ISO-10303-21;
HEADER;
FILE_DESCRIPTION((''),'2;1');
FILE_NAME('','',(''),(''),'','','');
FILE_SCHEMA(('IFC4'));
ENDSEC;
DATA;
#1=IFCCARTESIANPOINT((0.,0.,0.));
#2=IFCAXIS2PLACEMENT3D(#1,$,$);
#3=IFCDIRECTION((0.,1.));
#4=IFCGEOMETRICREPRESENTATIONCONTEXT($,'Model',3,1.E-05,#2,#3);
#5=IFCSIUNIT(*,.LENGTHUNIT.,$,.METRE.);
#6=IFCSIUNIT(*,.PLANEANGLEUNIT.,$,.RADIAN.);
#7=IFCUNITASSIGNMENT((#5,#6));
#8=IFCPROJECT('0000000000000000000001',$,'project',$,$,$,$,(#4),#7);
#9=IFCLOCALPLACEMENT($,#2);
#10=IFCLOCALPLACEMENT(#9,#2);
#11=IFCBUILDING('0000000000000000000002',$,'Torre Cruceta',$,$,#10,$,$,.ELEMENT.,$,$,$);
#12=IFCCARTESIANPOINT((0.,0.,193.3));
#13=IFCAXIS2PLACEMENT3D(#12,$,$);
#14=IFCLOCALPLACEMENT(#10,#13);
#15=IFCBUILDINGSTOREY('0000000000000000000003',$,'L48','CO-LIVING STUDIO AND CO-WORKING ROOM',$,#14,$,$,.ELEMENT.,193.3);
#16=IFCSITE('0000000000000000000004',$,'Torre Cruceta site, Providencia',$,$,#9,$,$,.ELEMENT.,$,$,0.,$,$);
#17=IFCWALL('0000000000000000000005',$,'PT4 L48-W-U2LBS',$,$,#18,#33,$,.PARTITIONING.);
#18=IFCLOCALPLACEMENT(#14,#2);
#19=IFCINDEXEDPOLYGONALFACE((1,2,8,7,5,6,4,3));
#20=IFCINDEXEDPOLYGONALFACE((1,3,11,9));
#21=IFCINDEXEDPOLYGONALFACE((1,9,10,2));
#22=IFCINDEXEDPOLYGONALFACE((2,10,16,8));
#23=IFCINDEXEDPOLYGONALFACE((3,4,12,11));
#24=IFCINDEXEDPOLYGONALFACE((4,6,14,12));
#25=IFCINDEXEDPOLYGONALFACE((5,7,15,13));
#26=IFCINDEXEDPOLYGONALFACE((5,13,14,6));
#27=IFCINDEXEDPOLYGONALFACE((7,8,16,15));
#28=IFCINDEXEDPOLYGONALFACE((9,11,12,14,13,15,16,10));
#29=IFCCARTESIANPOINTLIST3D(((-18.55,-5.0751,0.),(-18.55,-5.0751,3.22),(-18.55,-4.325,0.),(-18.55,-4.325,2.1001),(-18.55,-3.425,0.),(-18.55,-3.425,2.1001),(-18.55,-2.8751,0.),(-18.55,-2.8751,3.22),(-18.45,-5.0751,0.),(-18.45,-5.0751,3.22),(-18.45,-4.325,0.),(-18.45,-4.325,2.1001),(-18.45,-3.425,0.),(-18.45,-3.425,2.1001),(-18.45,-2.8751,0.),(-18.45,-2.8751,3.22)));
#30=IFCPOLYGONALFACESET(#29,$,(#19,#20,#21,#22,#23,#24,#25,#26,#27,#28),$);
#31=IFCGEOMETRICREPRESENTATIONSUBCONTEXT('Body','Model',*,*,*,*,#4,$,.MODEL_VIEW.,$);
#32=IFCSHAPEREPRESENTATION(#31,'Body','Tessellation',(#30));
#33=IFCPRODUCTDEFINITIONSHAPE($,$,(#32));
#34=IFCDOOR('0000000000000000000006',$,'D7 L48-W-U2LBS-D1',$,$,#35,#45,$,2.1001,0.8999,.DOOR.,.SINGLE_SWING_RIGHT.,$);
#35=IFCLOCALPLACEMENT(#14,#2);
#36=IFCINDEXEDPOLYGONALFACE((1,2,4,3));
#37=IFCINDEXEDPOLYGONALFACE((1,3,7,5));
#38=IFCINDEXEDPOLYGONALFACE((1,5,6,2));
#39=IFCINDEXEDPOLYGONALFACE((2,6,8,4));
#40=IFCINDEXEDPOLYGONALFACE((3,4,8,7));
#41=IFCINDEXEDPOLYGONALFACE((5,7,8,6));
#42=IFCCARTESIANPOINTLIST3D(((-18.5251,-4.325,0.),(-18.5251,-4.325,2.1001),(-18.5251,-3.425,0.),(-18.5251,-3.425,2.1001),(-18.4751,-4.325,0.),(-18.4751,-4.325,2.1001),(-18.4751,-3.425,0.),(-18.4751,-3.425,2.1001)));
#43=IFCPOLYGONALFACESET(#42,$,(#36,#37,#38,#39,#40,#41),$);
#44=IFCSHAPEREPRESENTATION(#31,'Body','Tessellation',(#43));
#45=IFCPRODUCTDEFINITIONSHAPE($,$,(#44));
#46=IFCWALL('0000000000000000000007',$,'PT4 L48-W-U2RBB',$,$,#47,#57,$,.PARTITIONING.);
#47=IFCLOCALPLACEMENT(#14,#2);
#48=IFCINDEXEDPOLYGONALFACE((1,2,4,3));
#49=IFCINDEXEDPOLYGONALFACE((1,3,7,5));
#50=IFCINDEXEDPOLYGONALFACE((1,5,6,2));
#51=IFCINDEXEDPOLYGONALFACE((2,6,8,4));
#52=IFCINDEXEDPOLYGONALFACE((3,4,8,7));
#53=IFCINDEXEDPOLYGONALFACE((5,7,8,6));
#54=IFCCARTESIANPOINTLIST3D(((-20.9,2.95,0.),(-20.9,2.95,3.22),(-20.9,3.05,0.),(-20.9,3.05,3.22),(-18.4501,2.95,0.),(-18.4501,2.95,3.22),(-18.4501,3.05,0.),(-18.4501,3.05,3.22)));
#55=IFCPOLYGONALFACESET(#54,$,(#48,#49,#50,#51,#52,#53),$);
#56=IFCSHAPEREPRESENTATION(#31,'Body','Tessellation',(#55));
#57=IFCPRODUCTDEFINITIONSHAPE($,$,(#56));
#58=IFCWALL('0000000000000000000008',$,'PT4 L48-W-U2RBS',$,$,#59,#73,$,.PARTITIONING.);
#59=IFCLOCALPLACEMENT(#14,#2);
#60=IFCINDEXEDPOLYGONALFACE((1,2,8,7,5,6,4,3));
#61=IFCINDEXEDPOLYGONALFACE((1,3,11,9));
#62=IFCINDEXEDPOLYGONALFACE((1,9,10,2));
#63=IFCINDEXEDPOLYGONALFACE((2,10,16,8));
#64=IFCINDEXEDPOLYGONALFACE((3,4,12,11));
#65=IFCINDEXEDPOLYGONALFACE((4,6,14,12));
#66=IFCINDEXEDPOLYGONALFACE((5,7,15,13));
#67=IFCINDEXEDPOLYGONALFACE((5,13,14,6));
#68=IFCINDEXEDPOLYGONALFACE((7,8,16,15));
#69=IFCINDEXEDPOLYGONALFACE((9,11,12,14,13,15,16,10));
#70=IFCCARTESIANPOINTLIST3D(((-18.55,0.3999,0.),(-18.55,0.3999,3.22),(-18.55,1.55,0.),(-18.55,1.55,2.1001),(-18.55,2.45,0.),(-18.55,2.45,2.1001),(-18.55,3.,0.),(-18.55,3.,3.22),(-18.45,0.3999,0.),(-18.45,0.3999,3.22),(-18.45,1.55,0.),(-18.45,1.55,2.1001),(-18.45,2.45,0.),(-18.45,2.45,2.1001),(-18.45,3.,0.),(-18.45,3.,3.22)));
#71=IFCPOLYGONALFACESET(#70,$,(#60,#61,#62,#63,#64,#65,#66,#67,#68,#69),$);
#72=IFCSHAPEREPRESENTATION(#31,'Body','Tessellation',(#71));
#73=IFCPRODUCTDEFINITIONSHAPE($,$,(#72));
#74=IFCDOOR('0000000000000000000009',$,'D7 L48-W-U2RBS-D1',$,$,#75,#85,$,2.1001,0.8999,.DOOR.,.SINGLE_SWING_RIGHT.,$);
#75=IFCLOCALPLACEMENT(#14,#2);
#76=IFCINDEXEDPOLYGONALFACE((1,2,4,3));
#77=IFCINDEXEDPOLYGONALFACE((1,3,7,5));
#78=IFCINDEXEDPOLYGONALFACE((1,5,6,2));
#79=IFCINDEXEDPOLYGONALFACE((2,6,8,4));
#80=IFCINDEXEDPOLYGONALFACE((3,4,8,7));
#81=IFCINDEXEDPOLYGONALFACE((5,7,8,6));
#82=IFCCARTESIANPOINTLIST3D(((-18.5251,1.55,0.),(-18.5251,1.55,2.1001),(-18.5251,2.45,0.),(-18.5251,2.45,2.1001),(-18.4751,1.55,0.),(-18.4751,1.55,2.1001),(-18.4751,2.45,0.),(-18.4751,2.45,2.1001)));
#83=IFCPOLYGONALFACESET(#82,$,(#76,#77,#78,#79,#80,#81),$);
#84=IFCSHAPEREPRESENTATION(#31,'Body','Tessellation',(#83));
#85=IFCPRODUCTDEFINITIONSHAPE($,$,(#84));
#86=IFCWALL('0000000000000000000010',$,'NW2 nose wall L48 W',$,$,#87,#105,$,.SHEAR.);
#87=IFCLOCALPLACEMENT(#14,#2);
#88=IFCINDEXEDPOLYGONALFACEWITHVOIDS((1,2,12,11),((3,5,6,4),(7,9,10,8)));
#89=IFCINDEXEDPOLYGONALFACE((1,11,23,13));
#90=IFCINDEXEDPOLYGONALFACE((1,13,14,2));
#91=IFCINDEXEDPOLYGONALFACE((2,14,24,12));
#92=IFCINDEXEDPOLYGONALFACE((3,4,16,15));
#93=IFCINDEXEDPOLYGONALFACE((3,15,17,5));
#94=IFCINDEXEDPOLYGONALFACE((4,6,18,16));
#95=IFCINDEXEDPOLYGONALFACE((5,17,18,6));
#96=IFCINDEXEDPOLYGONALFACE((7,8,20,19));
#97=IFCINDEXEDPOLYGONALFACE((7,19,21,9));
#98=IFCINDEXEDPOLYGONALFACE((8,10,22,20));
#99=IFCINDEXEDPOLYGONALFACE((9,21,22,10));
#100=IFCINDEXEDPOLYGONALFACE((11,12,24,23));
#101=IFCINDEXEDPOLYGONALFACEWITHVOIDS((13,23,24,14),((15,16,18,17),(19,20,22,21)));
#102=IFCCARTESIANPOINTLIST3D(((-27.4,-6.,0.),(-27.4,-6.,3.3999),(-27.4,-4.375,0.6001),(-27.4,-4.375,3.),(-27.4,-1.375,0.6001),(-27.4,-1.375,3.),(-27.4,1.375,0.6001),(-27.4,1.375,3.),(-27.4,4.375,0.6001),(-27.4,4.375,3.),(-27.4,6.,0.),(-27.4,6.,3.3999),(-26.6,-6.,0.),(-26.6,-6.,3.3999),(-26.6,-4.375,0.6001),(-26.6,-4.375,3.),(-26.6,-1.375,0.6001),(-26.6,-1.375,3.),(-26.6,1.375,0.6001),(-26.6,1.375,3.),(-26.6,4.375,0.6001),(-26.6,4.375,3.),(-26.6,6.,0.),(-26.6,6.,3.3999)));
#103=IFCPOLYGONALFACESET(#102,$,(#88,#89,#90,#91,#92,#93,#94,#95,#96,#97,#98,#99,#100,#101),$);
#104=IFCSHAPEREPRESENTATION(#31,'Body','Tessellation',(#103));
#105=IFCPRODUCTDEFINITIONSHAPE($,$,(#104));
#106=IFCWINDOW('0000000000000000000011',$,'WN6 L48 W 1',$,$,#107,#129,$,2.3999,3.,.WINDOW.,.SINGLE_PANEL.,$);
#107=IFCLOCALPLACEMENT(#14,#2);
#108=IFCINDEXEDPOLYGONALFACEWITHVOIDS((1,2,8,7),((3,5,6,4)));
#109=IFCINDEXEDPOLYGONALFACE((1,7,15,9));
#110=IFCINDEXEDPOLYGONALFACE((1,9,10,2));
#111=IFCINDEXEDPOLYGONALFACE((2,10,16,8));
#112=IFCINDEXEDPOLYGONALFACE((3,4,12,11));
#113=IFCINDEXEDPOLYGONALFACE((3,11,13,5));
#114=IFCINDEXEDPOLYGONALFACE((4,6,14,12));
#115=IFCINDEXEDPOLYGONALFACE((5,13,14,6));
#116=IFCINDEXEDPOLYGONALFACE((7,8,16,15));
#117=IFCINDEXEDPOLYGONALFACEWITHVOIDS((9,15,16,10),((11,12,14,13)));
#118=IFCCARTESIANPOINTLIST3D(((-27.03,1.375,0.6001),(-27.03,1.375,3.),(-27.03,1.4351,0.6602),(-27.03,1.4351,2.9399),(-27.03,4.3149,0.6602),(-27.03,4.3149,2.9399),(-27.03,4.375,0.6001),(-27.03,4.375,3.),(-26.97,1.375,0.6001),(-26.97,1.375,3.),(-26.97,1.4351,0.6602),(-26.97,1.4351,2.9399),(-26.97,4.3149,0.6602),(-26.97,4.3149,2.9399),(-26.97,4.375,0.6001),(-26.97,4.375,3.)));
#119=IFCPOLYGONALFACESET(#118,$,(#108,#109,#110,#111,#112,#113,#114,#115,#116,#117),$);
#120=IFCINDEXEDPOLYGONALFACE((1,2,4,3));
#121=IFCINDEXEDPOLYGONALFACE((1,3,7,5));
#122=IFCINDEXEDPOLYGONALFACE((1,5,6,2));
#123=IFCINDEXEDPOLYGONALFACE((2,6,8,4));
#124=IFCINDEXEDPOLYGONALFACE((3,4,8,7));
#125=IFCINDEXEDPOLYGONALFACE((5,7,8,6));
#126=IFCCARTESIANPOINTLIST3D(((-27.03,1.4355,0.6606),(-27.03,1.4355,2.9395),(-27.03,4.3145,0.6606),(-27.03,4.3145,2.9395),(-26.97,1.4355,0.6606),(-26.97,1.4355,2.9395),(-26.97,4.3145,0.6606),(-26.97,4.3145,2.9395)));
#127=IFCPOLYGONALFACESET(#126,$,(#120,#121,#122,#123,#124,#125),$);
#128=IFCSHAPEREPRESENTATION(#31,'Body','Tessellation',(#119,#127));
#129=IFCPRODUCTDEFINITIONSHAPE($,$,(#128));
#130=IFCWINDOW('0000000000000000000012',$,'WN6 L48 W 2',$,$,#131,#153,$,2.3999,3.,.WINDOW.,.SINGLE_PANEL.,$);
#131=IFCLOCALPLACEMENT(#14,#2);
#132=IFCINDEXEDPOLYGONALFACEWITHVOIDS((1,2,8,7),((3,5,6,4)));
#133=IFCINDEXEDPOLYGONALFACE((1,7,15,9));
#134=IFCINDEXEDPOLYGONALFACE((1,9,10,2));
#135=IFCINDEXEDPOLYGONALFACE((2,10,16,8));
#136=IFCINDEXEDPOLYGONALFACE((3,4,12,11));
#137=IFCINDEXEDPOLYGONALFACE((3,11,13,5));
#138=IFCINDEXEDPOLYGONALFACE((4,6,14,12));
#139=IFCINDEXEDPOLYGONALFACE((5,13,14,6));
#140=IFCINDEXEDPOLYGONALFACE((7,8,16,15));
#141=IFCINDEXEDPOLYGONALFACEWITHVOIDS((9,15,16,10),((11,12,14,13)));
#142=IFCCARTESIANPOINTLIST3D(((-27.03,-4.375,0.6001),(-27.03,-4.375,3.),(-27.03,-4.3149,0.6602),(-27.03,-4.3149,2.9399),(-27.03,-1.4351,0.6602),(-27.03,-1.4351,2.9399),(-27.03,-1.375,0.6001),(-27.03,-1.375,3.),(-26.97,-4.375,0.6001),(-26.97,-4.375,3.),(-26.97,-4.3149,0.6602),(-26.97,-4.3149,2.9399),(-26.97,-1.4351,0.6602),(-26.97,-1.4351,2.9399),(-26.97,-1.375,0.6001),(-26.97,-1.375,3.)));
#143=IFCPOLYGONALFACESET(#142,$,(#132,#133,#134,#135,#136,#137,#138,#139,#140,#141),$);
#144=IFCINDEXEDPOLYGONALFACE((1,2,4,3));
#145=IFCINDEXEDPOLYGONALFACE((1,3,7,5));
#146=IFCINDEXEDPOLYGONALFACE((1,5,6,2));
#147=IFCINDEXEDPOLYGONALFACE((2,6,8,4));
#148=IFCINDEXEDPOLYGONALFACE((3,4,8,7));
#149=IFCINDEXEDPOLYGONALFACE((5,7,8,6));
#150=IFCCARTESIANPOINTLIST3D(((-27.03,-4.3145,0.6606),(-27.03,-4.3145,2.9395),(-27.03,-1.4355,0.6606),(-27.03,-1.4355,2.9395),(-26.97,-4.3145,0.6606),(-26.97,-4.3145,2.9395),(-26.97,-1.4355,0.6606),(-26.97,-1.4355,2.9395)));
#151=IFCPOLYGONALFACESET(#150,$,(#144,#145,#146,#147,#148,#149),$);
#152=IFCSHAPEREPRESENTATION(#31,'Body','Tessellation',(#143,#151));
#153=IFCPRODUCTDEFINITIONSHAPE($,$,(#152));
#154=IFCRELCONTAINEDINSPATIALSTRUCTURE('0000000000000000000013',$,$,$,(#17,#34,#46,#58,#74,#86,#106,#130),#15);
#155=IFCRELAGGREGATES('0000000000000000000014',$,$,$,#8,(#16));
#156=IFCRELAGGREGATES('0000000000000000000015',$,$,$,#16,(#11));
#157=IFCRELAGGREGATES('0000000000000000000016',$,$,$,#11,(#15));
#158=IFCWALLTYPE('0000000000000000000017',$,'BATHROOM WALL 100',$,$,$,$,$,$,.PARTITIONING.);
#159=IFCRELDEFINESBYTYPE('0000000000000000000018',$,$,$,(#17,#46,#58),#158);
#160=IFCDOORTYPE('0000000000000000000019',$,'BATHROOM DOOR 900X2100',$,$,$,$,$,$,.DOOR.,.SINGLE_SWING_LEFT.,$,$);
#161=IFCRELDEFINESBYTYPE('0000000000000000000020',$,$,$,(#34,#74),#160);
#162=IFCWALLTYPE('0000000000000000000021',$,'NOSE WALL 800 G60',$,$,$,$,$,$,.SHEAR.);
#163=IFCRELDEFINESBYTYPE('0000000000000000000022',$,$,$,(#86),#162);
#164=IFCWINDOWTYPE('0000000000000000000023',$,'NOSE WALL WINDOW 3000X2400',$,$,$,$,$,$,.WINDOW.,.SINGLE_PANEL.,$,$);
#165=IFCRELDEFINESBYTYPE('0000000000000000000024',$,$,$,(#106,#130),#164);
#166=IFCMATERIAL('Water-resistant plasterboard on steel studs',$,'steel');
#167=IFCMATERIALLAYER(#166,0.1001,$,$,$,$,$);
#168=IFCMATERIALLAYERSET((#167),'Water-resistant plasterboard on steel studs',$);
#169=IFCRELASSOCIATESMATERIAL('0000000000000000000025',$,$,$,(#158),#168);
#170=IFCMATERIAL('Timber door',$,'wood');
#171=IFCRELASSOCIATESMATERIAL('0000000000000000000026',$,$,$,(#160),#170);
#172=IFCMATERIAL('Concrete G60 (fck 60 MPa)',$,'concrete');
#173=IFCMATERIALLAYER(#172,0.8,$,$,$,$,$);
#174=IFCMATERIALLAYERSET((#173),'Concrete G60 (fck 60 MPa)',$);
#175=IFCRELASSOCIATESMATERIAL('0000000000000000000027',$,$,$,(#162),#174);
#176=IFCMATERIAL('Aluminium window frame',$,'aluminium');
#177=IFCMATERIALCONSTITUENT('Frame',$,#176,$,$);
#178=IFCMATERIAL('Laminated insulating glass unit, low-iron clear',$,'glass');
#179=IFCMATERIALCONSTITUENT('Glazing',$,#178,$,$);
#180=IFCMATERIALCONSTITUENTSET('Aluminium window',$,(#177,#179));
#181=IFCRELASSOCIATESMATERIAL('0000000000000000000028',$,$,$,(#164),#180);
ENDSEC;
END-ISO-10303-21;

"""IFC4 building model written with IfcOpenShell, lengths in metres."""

from ifc_helpers import new_model, si_unit, direction, frame, frame_2d, origin, place, context, subcontext, project, spatial, rectangle, hollow_rectangle, extrude, material, layer, layer_set, constituent, constituent_set, type_object, element, fill, save


model = new_model("IFC4")

# Units and contexts
model_context = context("Model", 3, precision=1e-05, world=origin(), true_north=direction((0.0, 1.0)))
body_context = subcontext(model_context, "Body", "Model", "MODEL_VIEW")
ifc_project = project(units=[si_unit("LENGTHUNIT", "METRE"), si_unit("PLANEANGLEUNIT", "RADIAN")], contexts=[model_context])

# Site, building, storey
site_placement = place(None, origin())
site = spatial("IfcSite", under=ifc_project, at=site_placement, Name="Torre Cruceta site, Providencia", CompositionType="ELEMENT", RefElevation=0.0)
building_placement = place(site_placement, origin())
building = spatial("IfcBuilding", under=site, at=building_placement, Name="Torre Cruceta", CompositionType="ELEMENT")
storey_placement = place(building_placement, frame((0.0, 0.0, 193.3)))
storey = spatial("IfcBuildingStorey", under=building, at=storey_placement, Name="L48", Description="CO-LIVING STUDIO AND CO-WORKING ROOM", CompositionType="ELEMENT", Elevation=193.3)

# Wall, opening, door
ifc_material_1 = material(Name="Water-resistant plasterboard on steel studs", Category="steel")
ifc_layer_1 = layer(ifc_material_1, 0.1001)
ifc_layer_set_1 = layer_set([ifc_layer_1], Name="Water-resistant plasterboard on steel studs")
wall_type_1 = type_object("IfcWallType", Name="BATHROOM WALL 100", PredefinedType="PARTITIONING", material=ifc_layer_set_1)
wall_1_placement = place(storey_placement, frame((-18.5, -2.875, 0.0), z_axis=(0.0, 0.0, 1.0), x_axis=(0.0, -1.0, 0.0)))
wall_1 = element("IfcWall", 1, at=wall_1_placement, inside=storey, type_object=wall_type_1, Name="PT4 L48-W-U2LBS", PredefinedType="PARTITIONING", context=body_context, shape_type="SweptSolid", body=[
    extrude(rectangle(XDim=2.2, YDim=0.1001, at=frame_2d((1.1001, 0.0))), origin(), (0.0, 0.0, 1.0), 3.22),
])
opening_1_placement = place(wall_1_placement, frame((0.55, 0.0, 0.0)))
opening_1 = element("IfcOpeningElement", 2, at=opening_1_placement, cuts=wall_1, PredefinedType="OPENING", context=body_context, shape_type="SweptSolid", body=[
    extrude(rectangle(XDim=0.8999, YDim=2.1001, at=frame_2d((0.45, 1.05))), frame((0.0, 0.0601, 0.0), z_axis=(0.0, -1.0, 0.0), x_axis=(1.0, 0.0, 0.0)), (0.0, 0.0, 1.0), 0.1201),
])
ifc_material_2 = material(Name="Timber door", Category="wood")
door_type_1 = type_object("IfcDoorType", Name="BATHROOM DOOR 900X2100", OperationType="SINGLE_SWING_LEFT", PredefinedType="DOOR", material=ifc_material_2)
door_1_placement = place(opening_1_placement, frame((0.8999, 0.0, 0.0), z_axis=(0.0, 0.0, 1.0), x_axis=(-1.0, 0.0, 0.0)))
door_1 = element("IfcDoor", 3, at=door_1_placement, inside=storey, type_object=door_type_1, Name="D7 L48-W-U2LBS-D1", OperationType="SINGLE_SWING_RIGHT", OverallHeight=2.1001, OverallWidth=0.8999, PredefinedType="DOOR", context=body_context, shape_type="SweptSolid", body=[
    extrude(rectangle(XDim=0.8999, YDim=2.1001, at=frame_2d((0.45, 1.05))), frame((0.0, 0.0251, 0.0), z_axis=(0.0, -1.0, 0.0), x_axis=(1.0, 0.0, 0.0)), (0.0, 0.0, 1.0), 0.05),
])
fill(opening_1, door_1)

# Wall
wall_2_placement = place(storey_placement, frame((-18.45, 3.0, 0.0), z_axis=(0.0, 0.0, 1.0), x_axis=(-1.0, 0.0, 0.0)))
element("IfcWall", 4, at=wall_2_placement, inside=storey, type_object=wall_type_1, Name="PT4 L48-W-U2RBB", PredefinedType="PARTITIONING", context=body_context, shape_type="SweptSolid", body=[
    extrude(rectangle(XDim=2.45, YDim=0.1001, at=frame_2d((1.2251, 0.0))), origin(), (0.0, 0.0, 1.0), 3.22),
])

# Wall, opening, door
wall_3_placement = place(storey_placement, frame((-18.5, 3.0, 0.0), z_axis=(0.0, 0.0, 1.0), x_axis=(0.0, -1.0, 0.0)))
wall_3 = element("IfcWall", 5, at=wall_3_placement, inside=storey, type_object=wall_type_1, Name="PT4 L48-W-U2RBS", PredefinedType="PARTITIONING", context=body_context, shape_type="SweptSolid", body=[
    extrude(rectangle(XDim=2.6001, YDim=0.1001, at=frame_2d((1.3, 0.0))), origin(), (0.0, 0.0, 1.0), 3.22),
])
opening_2_placement = place(wall_3_placement, frame((0.55, 0.0, 0.0)))
opening_2 = element("IfcOpeningElement", 6, at=opening_2_placement, cuts=wall_3, PredefinedType="OPENING", context=body_context, shape_type="SweptSolid", body=[
    extrude(rectangle(XDim=0.8999, YDim=2.1001, at=frame_2d((0.45, 1.05))), frame((0.0, 0.0601, 0.0), z_axis=(0.0, -1.0, 0.0), x_axis=(1.0, 0.0, 0.0)), (0.0, 0.0, 1.0), 0.1201),
])
door_2_placement = place(opening_2_placement, frame((0.8999, 0.0, 0.0), z_axis=(0.0, 0.0, 1.0), x_axis=(-1.0, 0.0, 0.0)))
door_2 = element("IfcDoor", 7, at=door_2_placement, inside=storey, type_object=door_type_1, Name="D7 L48-W-U2RBS-D1", OperationType="SINGLE_SWING_RIGHT", OverallHeight=2.1001, OverallWidth=0.8999, PredefinedType="DOOR", context=body_context, shape_type="SweptSolid", body=[
    extrude(rectangle(XDim=0.8999, YDim=2.1001, at=frame_2d((0.45, 1.05))), frame((0.0, 0.0251, 0.0), z_axis=(0.0, -1.0, 0.0), x_axis=(1.0, 0.0, 0.0)), (0.0, 0.0, 1.0), 0.05),
])
fill(opening_2, door_2)

# Wall, openings, windows
ifc_material_3 = material(Name="Concrete G60 (fck 60 MPa)", Category="concrete")
ifc_layer_2 = layer(ifc_material_3, 0.8)
ifc_layer_set_2 = layer_set([ifc_layer_2], Name="Concrete G60 (fck 60 MPa)")
wall_type_2 = type_object("IfcWallType", Name="NOSE WALL 800 G60", PredefinedType="SHEAR", material=ifc_layer_set_2)
wall_4_placement = place(storey_placement, frame((-27.0, 6.0, 0.0), z_axis=(0.0, 0.0, 1.0), x_axis=(0.0, -1.0, 0.0)))
wall_4 = element("IfcWall", 8, at=wall_4_placement, inside=storey, type_object=wall_type_2, Name="NW2 nose wall L48 W", PredefinedType="SHEAR", context=body_context, shape_type="SweptSolid", body=[
    extrude(rectangle(XDim=12.0, YDim=0.8, at=frame_2d((6.0, 0.0))), origin(), (0.0, 0.0, 1.0), 3.3999),
])
opening_3_placement = place(wall_4_placement, frame((1.625, 0.0, 0.6001)))
opening_3 = element("IfcOpeningElement", 9, at=opening_3_placement, cuts=wall_4, PredefinedType="OPENING", context=body_context, shape_type="SweptSolid", body=[
    extrude(rectangle(XDim=3.0, YDim=2.3999, at=frame_2d((1.5, 1.2))), frame((0.0, 0.4099, 0.0), z_axis=(0.0, -1.0, 0.0), x_axis=(1.0, 0.0, 0.0)), (0.0, 0.0, 1.0), 0.8201),
])
opening_4_placement = place(wall_4_placement, frame((7.375, 0.0, 0.6001)))
opening_4 = element("IfcOpeningElement", 10, at=opening_4_placement, cuts=wall_4, PredefinedType="OPENING", context=body_context, shape_type="SweptSolid", body=[
    extrude(rectangle(XDim=3.0, YDim=2.3999, at=frame_2d((1.5, 1.2))), frame((0.0, 0.4099, 0.0), z_axis=(0.0, -1.0, 0.0), x_axis=(1.0, 0.0, 0.0)), (0.0, 0.0, 1.0), 0.8201),
])
ifc_material_4 = material(Name="Aluminium window frame", Category="aluminium")
ifc_constituent_1 = constituent(ifc_material_4, Name="Frame")
ifc_material_5 = material(Name="Laminated insulating glass unit, low-iron clear", Category="glass")
ifc_constituent_2 = constituent(ifc_material_5, Name="Glazing")
ifc_constituent_set_1 = constituent_set(constituents=[ifc_constituent_1, ifc_constituent_2], Name="Aluminium window")
window_type = type_object("IfcWindowType", Name="NOSE WALL WINDOW 3000X2400", PartitioningType="SINGLE_PANEL", PredefinedType="WINDOW", material=ifc_constituent_set_1)
window_1_placement = place(opening_3_placement, origin())
window_1 = element("IfcWindow", 11, at=window_1_placement, inside=storey, type_object=window_type, Name="WN6 L48 W 1", OverallHeight=2.3999, OverallWidth=3.0, PartitioningType="SINGLE_PANEL", PredefinedType="WINDOW", context=body_context, shape_type="SweptSolid", body=[
    extrude(hollow_rectangle(XDim=3.0, YDim=2.3999, WallThickness=0.0601, at=frame_2d((1.5, 1.2))), frame((0.0, 0.03, 0.0), z_axis=(0.0, -1.0, 0.0), x_axis=(1.0, 0.0, 0.0)), (0.0, 0.0, 1.0), 0.0601),
    extrude(rectangle(XDim=2.8789, YDim=2.2788, at=frame_2d((1.5, 1.2))), frame((0.0, 0.03, 0.0), z_axis=(0.0, -1.0, 0.0), x_axis=(1.0, 0.0, 0.0)), (0.0, 0.0, 1.0), 0.0601),
])
fill(opening_3, window_1)
window_2_placement = place(opening_4_placement, origin())
window_2 = element("IfcWindow", 12, at=window_2_placement, inside=storey, type_object=window_type, Name="WN6 L48 W 2", OverallHeight=2.3999, OverallWidth=3.0, PartitioningType="SINGLE_PANEL", PredefinedType="WINDOW", context=body_context, shape_type="SweptSolid", body=[
    extrude(hollow_rectangle(XDim=3.0, YDim=2.3999, WallThickness=0.0601, at=frame_2d((1.5, 1.2))), frame((0.0, 0.03, 0.0), z_axis=(0.0, -1.0, 0.0), x_axis=(1.0, 0.0, 0.0)), (0.0, 0.0, 1.0), 0.0601),
    extrude(rectangle(XDim=2.8789, YDim=2.2788, at=frame_2d((1.5, 1.2))), frame((0.0, 0.03, 0.0), z_axis=(0.0, -1.0, 0.0), x_axis=(1.0, 0.0, 0.0)), (0.0, 0.0, 1.0), 0.0601),
])
fill(opening_4, window_2)

save(model, "model.ifc")
